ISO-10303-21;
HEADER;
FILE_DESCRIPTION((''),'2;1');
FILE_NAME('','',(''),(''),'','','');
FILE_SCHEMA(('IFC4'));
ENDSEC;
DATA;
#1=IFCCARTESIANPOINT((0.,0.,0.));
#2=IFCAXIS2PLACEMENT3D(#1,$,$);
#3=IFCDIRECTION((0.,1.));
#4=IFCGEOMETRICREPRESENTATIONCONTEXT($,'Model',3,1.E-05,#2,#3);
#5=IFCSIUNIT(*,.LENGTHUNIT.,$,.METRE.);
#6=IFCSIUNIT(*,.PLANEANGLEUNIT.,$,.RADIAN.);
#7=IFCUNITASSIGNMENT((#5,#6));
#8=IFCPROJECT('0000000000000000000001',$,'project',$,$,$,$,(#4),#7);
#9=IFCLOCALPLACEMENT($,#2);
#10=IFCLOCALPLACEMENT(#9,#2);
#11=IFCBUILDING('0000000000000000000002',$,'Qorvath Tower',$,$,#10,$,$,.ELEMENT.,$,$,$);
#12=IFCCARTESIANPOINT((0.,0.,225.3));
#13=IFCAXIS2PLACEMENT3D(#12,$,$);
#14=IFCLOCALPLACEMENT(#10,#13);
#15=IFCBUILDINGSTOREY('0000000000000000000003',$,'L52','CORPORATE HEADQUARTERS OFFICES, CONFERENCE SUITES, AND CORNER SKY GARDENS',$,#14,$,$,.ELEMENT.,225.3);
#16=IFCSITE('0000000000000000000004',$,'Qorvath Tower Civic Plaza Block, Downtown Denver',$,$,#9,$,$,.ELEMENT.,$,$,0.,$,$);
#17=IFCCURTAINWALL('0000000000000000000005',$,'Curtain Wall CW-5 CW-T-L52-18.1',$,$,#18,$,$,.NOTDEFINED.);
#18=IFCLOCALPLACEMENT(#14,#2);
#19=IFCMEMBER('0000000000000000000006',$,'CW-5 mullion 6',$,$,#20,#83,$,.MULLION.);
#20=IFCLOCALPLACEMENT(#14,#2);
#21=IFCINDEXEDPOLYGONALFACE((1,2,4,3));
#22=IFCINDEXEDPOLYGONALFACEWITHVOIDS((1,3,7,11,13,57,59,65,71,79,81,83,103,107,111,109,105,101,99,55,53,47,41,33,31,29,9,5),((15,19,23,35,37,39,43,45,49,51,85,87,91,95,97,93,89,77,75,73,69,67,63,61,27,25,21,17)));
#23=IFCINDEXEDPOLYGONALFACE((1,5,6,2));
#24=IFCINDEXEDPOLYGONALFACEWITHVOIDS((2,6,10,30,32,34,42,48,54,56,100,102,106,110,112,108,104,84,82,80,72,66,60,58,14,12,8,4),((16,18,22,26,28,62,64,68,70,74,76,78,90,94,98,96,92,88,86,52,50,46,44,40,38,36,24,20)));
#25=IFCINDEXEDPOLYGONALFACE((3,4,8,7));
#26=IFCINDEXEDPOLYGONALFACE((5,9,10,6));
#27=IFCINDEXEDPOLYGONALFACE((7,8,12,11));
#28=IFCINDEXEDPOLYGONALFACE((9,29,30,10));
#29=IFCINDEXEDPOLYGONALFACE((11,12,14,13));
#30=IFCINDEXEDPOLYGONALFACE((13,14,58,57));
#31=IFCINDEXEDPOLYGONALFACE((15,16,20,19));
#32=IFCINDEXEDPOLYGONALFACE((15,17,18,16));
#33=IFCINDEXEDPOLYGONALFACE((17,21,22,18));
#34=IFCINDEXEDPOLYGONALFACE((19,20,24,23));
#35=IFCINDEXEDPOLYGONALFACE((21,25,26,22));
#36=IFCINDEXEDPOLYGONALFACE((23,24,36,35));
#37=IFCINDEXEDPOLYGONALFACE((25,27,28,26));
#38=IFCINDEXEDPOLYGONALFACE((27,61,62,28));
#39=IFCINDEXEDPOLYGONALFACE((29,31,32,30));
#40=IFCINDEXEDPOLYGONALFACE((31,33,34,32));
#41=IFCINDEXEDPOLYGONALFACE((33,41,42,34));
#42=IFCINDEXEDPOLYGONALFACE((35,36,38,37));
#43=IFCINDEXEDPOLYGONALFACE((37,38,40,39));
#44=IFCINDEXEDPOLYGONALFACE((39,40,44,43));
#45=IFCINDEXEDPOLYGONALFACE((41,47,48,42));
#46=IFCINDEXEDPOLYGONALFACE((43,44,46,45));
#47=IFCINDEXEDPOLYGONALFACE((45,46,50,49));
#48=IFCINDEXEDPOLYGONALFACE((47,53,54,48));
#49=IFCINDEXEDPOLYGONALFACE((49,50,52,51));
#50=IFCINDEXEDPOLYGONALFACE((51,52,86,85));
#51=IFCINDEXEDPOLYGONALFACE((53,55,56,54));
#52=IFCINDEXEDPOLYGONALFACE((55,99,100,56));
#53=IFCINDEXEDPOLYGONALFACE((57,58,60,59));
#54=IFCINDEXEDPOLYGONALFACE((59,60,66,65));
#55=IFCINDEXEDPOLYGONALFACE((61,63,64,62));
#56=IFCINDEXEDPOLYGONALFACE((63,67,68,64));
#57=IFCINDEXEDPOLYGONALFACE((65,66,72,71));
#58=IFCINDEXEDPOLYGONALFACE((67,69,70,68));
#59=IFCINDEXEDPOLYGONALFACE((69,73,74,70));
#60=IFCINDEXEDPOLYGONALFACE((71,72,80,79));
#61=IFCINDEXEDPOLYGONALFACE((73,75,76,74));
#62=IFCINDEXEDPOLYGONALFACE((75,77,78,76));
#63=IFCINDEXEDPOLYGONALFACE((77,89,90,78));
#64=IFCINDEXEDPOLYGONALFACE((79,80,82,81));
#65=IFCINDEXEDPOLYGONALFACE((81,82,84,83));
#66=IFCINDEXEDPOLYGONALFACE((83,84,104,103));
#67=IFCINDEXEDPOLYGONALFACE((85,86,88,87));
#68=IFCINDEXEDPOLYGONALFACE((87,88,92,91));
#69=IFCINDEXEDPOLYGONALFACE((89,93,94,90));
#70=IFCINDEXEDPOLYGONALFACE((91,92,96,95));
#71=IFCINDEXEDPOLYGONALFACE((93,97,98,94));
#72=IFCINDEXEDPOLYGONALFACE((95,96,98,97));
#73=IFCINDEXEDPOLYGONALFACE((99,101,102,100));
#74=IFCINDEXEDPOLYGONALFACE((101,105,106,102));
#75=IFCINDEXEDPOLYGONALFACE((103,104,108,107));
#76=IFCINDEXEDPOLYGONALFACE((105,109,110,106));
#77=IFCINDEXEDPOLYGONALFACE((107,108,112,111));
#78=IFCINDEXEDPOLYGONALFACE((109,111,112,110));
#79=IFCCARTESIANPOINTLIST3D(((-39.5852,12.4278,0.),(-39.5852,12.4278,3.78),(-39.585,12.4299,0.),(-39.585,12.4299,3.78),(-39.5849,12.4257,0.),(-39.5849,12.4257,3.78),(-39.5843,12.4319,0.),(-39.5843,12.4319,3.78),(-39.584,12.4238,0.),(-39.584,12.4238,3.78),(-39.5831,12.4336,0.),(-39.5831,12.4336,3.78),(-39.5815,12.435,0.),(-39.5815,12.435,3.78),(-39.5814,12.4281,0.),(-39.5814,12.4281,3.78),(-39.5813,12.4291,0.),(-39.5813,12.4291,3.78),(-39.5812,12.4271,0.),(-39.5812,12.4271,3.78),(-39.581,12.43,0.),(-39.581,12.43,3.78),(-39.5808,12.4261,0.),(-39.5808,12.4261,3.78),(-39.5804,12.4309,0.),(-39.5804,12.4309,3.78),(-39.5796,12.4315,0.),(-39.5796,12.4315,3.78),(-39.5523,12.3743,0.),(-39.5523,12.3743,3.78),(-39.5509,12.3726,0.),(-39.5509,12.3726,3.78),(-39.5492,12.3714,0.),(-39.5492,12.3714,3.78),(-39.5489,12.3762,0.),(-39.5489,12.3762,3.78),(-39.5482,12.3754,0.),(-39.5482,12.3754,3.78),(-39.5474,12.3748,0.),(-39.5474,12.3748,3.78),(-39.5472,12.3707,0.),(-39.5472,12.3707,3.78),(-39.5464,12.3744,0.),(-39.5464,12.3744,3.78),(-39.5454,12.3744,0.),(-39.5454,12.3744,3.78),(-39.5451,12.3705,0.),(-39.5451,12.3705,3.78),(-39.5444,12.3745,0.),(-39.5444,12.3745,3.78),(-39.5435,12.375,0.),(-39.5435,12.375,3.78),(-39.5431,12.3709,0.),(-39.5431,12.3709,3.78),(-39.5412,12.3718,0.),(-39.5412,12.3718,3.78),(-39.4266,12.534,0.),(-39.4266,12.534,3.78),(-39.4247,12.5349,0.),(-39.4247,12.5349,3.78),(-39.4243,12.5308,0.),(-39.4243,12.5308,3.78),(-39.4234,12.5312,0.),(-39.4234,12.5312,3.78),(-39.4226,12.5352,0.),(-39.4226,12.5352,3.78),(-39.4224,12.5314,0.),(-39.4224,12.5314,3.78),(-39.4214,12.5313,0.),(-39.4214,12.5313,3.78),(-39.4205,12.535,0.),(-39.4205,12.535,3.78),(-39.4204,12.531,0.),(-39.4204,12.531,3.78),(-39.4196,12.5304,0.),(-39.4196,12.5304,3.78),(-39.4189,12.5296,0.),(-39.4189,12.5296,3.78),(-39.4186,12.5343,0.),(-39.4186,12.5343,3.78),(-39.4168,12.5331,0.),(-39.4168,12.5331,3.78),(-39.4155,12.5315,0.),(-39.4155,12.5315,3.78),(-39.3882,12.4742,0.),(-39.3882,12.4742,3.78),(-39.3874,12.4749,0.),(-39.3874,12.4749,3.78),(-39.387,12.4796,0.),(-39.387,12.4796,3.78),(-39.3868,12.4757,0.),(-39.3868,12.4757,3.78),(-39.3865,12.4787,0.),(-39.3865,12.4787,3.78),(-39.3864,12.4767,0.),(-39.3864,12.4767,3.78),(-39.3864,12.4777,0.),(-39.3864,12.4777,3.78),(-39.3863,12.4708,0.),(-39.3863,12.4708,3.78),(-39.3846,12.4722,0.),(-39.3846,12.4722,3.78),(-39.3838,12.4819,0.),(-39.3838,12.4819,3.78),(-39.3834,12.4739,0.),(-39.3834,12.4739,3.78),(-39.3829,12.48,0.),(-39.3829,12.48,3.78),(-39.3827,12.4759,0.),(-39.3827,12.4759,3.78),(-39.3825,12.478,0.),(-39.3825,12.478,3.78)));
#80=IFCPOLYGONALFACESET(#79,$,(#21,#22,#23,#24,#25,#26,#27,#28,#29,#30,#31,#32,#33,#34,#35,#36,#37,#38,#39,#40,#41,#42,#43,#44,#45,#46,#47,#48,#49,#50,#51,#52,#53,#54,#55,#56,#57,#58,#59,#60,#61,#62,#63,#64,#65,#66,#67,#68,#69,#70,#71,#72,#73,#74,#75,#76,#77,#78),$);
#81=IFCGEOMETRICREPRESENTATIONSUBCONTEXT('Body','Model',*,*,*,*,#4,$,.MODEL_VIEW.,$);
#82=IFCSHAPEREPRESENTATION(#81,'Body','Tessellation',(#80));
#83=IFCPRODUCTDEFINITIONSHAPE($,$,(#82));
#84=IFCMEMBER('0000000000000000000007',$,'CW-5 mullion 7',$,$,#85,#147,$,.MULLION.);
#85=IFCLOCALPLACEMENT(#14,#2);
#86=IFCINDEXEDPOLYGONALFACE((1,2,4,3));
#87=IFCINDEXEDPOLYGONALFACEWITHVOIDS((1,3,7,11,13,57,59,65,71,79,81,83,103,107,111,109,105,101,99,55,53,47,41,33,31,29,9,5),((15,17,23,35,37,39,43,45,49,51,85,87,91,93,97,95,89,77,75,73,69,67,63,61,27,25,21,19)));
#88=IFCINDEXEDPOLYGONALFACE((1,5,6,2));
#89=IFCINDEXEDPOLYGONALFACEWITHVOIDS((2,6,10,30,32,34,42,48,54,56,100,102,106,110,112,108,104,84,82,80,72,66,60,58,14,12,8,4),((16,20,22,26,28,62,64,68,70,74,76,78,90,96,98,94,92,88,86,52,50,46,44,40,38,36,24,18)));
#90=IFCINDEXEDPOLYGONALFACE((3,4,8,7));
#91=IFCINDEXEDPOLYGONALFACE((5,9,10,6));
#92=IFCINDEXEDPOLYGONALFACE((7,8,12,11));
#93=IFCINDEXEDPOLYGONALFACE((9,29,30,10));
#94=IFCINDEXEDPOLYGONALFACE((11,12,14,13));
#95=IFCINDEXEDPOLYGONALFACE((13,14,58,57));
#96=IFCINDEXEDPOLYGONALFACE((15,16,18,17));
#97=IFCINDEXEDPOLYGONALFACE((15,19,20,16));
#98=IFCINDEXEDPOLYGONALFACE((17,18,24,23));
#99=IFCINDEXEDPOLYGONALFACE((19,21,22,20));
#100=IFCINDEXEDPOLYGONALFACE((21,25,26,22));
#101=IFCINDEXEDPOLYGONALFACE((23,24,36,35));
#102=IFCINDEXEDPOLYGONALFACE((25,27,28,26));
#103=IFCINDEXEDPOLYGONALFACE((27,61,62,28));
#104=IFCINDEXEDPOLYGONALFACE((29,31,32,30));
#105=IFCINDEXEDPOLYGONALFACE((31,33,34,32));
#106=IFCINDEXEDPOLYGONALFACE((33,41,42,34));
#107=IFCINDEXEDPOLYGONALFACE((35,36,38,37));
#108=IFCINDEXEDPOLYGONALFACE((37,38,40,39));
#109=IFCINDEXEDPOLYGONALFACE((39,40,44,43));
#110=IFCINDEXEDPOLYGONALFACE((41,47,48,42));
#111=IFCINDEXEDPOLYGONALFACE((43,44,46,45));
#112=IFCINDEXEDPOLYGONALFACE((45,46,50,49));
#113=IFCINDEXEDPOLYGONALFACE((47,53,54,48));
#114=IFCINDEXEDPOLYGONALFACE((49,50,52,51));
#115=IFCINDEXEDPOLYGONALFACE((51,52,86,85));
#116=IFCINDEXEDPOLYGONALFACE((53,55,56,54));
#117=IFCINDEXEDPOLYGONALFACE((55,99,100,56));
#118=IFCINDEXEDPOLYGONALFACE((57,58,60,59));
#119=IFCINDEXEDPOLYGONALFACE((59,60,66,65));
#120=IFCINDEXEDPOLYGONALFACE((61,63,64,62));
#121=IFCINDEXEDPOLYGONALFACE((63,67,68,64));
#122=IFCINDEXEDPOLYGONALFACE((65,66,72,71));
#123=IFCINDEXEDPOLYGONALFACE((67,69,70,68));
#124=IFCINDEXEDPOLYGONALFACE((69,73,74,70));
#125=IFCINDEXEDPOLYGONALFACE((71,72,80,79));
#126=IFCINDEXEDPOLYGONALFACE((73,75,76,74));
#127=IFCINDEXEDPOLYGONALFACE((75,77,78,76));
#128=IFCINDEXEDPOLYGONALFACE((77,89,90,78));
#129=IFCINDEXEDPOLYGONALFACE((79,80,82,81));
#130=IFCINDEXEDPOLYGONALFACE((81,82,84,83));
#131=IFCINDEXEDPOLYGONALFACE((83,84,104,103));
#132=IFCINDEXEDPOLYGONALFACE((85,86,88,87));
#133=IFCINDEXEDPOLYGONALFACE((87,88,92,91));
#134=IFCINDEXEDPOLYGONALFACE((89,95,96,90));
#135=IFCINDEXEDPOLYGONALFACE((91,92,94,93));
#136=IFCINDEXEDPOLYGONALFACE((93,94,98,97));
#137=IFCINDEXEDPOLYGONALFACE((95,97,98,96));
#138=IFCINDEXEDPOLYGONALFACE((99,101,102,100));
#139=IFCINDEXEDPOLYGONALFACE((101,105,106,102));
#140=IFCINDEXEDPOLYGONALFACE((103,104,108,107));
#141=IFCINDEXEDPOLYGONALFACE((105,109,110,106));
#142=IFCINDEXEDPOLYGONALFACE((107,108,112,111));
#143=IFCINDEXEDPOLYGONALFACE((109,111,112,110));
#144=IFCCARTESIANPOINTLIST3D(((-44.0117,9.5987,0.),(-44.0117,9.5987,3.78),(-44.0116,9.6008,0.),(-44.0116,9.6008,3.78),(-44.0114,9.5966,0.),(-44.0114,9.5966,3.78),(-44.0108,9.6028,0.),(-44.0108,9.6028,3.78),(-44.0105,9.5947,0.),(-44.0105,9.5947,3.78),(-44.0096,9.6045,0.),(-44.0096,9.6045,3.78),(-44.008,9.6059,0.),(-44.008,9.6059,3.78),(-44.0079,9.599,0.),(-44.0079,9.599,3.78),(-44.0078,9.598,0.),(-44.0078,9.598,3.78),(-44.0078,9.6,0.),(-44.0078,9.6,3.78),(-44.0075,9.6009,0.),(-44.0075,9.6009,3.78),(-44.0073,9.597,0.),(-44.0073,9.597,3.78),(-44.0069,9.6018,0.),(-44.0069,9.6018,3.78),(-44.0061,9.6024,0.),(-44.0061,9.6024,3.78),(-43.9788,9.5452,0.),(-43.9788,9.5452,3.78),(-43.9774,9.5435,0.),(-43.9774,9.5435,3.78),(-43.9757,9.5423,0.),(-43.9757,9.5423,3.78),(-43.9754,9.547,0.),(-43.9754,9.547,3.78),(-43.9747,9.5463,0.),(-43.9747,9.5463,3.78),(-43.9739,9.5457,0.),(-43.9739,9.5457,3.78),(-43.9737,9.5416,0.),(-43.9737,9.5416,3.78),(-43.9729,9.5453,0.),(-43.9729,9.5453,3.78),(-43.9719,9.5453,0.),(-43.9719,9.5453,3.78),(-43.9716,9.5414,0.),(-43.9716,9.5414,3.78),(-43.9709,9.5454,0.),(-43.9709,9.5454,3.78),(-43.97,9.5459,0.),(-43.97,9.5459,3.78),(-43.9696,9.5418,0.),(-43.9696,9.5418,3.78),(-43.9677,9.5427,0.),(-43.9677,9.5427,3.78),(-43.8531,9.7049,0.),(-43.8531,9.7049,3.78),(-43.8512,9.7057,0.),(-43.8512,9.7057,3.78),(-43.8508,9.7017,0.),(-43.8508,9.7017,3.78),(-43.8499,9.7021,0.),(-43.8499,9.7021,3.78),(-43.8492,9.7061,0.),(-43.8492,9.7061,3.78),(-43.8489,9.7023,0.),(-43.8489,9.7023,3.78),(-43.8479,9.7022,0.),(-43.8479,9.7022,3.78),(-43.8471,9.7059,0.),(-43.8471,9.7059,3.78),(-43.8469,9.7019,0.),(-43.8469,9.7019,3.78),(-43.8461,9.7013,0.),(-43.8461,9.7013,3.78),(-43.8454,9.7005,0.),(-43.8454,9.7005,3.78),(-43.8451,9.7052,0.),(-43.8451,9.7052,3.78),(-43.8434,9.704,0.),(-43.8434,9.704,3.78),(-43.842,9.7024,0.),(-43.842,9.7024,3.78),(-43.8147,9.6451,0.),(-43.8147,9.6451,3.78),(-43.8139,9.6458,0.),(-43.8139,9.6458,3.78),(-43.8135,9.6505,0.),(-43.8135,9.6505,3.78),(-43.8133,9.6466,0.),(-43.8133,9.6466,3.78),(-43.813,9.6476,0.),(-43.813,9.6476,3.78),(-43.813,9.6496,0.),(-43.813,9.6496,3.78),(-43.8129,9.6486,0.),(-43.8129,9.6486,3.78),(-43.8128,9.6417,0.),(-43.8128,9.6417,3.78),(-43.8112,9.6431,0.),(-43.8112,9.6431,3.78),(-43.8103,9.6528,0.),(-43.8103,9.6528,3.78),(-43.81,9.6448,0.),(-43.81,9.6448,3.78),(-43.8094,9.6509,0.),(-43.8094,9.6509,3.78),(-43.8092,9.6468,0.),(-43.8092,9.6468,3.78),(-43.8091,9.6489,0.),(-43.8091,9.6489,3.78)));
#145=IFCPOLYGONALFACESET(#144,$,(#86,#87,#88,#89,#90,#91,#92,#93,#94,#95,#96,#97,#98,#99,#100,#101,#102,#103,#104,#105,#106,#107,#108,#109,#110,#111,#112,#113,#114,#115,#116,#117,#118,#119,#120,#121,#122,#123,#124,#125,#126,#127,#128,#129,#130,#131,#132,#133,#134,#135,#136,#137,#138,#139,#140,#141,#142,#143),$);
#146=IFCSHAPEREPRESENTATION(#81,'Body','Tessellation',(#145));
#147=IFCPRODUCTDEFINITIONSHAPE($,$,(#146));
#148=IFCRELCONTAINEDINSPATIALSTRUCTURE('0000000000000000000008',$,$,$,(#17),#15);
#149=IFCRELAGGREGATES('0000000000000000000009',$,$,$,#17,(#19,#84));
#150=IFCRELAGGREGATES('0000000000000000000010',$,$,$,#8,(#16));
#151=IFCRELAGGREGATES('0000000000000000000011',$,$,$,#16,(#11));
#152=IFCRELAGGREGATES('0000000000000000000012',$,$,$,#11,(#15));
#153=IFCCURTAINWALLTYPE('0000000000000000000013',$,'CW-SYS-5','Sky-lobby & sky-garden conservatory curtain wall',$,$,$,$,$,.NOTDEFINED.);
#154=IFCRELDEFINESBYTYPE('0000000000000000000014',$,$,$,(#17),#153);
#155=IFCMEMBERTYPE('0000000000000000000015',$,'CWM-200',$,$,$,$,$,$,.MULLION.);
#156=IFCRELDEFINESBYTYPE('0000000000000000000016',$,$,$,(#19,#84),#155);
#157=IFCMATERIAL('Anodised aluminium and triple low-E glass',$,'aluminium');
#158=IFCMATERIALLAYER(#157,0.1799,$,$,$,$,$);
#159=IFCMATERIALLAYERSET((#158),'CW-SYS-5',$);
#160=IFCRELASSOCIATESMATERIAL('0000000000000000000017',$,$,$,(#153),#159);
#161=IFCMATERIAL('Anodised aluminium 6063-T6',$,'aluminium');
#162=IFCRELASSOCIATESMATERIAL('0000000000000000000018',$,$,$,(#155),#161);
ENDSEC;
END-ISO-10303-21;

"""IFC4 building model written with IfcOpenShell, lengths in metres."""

from ifc_helpers import new_model, si_unit, direction, frame, origin, origin_2d, place, context, subcontext, project, spatial, hollow_rectangle, extrude, material, layer, layer_set, material_profile, profile_set, type_object, element, aggregate, save


model = new_model("IFC4")

# Units and contexts
model_context = context("Model", 3, precision=1e-05, world=origin(), true_north=direction((0.0, 1.0)))
body_context = subcontext(model_context, "Body", "Model", "MODEL_VIEW")
ifc_project = project(units=[si_unit("LENGTHUNIT", "METRE"), si_unit("PLANEANGLEUNIT", "RADIAN")], contexts=[model_context])

# Site, building, storey
site_placement = place(None, origin())
site = spatial("IfcSite", under=ifc_project, at=site_placement, Name="Qorvath Tower Civic Plaza Block, Downtown Denver", CompositionType="ELEMENT", RefElevation=0.0)
building_placement = place(site_placement, origin())
building = spatial("IfcBuilding", under=site, at=building_placement, Name="Qorvath Tower", CompositionType="ELEMENT")
storey_placement = place(building_placement, frame((0.0, 0.0, 225.3)))
storey = spatial("IfcBuildingStorey", under=building, at=storey_placement, Name="L52", Description="CORPORATE HEADQUARTERS OFFICES, CONFERENCE SUITES, AND CORNER SKY GARDENS", CompositionType="ELEMENT", Elevation=225.3)

# Curtain wall, members
ifc_material_1 = material(Name="Anodised aluminium and triple low-E glass", Category="aluminium")
ifc_layer_1 = layer(ifc_material_1, 0.1799)
ifc_layer_set_1 = layer_set([ifc_layer_1], Name="CW-SYS-5")
curtain_wall_type = type_object("IfcCurtainWallType", Name="CW-SYS-5", Description="Sky-lobby & sky-garden conservatory curtain wall", PredefinedType="NOTDEFINED", material=ifc_layer_set_1)
ifc_material_2 = material(Name="Anodised aluminium 6063-T6", Category="aluminium")
ifc_material_profile_1 = material_profile(ifc_material_2, hollow_rectangle(XDim=0.075, YDim=0.2, WallThickness=0.0039, InnerFilletRadius=0.0039, OuterFilletRadius=0.0081, at=origin_2d()), Name="CWM 200x75")
ifc_profile_set_1 = profile_set([ifc_material_profile_1], Name="Anodised aluminium 6063-T6")
member_type_1 = type_object("IfcMemberType", Name="CWM-200", PredefinedType="MULLION", material=ifc_profile_set_1)
curtain_wall_1_placement = place(storey_placement, origin())
curtain_wall_1 = element("IfcCurtainWall", 1, at=curtain_wall_1_placement, inside=storey, type_object=curtain_wall_type, Name="Curtain Wall CW-5 CW-T-L52-18.1", PredefinedType="NOTDEFINED")
member_1_placement = place(storey_placement, frame((-39.4839, 12.4529, 0.0), z_axis=(0.0, 0.0, 1.0), x_axis=(0.538531, -0.842606, 0.0)))
member_1 = element("IfcMember", 2, at=member_1_placement, type_object=member_type_1, Name="CW-5 mullion 6", PredefinedType="MULLION", context=body_context, shape_type="SweptSolid", body=[
    extrude(hollow_rectangle(XDim=0.075, YDim=0.2, WallThickness=0.0039, InnerFilletRadius=0.0039, OuterFilletRadius=0.0081, at=origin_2d()), origin(), (0.0, 0.0, 1.0), 3.78),
])
member_2_placement = place(storey_placement, frame((-43.9104, 9.6238, 0.0), z_axis=(0.0, 0.0, 1.0), x_axis=(0.538531, -0.842606, 0.0)))
member_2 = element("IfcMember", 3, at=member_2_placement, type_object=member_type_1, Name="CW-5 mullion 7", PredefinedType="MULLION", context=body_context, shape_type="SweptSolid", body=[
    extrude(hollow_rectangle(XDim=0.075, YDim=0.2, WallThickness=0.0039, InnerFilletRadius=0.0039, OuterFilletRadius=0.0081, at=origin_2d()), origin(), (0.0, 0.0, 1.0), 3.78),
])

aggregate(curtain_wall_1, [member_1, member_2])

save(model, "model.ifc")
